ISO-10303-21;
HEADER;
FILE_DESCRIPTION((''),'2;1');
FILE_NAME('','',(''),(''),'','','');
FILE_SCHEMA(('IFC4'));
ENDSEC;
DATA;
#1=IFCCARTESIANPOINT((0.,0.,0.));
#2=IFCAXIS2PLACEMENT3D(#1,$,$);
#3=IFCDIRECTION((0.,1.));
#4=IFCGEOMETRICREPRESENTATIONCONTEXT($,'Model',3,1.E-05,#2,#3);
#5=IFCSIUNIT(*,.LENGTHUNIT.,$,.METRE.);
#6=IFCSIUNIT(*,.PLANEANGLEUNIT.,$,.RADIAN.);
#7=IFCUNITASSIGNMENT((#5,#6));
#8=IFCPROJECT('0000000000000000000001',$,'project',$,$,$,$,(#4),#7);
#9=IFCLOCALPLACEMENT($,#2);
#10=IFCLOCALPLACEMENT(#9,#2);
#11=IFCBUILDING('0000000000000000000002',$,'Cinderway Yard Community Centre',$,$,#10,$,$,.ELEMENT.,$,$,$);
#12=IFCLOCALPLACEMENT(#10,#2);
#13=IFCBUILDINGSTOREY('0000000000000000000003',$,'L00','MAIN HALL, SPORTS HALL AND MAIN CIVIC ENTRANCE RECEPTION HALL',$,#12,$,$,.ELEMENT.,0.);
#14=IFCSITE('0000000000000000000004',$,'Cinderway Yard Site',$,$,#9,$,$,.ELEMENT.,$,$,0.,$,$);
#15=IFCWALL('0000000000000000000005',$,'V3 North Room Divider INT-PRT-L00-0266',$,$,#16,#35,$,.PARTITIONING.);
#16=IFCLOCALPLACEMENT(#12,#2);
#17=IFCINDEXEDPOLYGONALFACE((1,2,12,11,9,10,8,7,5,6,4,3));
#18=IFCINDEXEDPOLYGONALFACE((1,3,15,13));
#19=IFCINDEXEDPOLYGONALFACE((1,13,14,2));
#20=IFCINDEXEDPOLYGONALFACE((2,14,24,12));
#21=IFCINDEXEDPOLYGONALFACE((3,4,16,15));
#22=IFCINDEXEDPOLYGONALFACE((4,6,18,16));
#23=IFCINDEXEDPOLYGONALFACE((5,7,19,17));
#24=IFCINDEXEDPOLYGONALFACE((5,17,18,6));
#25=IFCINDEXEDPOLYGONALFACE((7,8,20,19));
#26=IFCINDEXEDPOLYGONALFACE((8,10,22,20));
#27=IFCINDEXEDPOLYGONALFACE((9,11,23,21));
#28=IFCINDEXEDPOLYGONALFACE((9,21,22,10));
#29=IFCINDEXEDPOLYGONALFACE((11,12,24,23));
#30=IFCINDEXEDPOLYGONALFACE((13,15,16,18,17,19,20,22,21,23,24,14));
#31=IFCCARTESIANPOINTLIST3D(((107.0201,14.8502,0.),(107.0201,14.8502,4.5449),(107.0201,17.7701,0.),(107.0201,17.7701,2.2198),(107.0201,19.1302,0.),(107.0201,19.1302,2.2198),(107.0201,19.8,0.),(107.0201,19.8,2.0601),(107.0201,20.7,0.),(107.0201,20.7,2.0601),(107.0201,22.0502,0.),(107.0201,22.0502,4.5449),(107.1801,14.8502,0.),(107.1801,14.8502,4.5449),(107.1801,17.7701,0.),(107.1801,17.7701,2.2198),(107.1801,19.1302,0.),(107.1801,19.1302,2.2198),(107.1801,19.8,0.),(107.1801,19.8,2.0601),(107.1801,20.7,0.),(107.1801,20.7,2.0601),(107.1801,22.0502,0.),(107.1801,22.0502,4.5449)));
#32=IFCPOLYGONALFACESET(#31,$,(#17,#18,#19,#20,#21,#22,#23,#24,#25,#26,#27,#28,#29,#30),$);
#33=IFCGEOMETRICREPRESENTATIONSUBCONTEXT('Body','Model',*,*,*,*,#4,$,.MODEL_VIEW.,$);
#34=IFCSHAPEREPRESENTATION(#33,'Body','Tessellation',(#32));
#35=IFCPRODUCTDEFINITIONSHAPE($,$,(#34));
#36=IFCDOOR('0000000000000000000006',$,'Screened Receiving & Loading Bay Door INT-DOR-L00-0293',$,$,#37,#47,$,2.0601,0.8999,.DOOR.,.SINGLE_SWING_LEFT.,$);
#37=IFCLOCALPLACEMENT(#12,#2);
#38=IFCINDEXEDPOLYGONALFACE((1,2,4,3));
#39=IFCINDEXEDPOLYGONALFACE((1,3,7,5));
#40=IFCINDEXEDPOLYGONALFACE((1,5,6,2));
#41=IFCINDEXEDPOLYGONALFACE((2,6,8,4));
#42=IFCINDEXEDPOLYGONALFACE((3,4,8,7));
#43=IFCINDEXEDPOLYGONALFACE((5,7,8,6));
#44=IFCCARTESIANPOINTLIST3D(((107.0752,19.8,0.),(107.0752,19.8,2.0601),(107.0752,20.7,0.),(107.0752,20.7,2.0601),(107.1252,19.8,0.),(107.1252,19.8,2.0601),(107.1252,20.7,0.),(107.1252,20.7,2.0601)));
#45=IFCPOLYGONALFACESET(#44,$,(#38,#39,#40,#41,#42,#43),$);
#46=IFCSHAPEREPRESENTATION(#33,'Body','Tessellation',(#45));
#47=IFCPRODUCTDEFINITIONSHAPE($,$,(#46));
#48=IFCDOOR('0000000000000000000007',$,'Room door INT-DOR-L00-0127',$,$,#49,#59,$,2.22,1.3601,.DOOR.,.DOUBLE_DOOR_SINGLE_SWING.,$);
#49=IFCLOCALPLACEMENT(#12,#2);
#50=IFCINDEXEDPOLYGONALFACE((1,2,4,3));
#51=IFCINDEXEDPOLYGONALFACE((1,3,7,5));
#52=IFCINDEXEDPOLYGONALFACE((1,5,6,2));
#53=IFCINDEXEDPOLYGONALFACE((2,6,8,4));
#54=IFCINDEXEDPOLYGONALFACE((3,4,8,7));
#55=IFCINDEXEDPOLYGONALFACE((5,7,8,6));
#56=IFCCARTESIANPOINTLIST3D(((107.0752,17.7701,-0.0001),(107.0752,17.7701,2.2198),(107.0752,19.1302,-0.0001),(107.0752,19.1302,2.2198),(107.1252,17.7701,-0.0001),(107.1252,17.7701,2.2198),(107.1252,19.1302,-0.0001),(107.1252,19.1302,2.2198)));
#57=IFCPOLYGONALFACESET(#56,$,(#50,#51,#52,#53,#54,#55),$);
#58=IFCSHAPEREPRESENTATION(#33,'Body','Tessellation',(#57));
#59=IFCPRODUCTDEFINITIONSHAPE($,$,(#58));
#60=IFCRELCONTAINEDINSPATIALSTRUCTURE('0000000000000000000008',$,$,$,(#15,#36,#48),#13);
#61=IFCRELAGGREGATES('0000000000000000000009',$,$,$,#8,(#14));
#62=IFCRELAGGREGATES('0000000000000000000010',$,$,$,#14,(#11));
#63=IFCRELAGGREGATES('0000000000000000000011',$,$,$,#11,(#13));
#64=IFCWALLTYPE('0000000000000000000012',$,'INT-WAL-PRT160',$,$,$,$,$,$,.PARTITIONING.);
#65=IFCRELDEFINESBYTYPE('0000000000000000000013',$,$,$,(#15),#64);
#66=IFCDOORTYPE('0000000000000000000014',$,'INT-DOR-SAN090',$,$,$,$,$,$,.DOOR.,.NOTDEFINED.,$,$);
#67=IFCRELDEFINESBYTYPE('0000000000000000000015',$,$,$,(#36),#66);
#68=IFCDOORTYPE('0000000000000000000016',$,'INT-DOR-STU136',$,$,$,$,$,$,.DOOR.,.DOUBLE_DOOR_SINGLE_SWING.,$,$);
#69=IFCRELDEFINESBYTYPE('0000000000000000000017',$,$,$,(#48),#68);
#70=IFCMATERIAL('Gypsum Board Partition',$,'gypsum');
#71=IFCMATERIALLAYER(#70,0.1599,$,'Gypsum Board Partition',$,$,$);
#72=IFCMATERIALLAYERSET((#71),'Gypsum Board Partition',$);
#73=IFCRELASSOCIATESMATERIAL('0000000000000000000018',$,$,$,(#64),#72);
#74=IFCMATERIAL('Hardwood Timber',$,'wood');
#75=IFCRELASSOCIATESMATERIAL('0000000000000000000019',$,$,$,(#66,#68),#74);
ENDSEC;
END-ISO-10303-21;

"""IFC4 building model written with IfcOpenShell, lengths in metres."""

from ifc_helpers import new_model, si_unit, direction, frame, frame_2d, origin, place, context, subcontext, project, spatial, rectangle, extrude, material, layer, layer_set, type_object, element, fill, save


model = new_model("IFC4")

# Units and contexts
model_context = context("Model", 3, precision=1e-05, world=origin(), true_north=direction((0.0, 1.0)))
body_context = subcontext(model_context, "Body", "Model", "MODEL_VIEW")
ifc_project = project(units=[si_unit("LENGTHUNIT", "METRE"), si_unit("PLANEANGLEUNIT", "RADIAN")], contexts=[model_context])

# Site, building, storey
site_placement = place(None, origin())
site = spatial("IfcSite", under=ifc_project, at=site_placement, Name="Cinderway Yard Site", CompositionType="ELEMENT", RefElevation=0.0)
building_placement = place(site_placement, origin())
building = spatial("IfcBuilding", under=site, at=building_placement, Name="Cinderway Yard Community Centre", CompositionType="ELEMENT")
storey_placement = place(building_placement, origin())
storey = spatial("IfcBuildingStorey", under=building, at=storey_placement, Name="L00", Description="MAIN HALL, SPORTS HALL AND MAIN CIVIC ENTRANCE RECEPTION HALL", CompositionType="ELEMENT", Elevation=0.0)

# Wall, openings, doors
ifc_material_1 = material(Name="Gypsum Board Partition", Category="gypsum")
ifc_layer_1 = layer(ifc_material_1, 0.1599, Name="Gypsum Board Partition")
ifc_layer_set_1 = layer_set([ifc_layer_1], Name="Gypsum Board Partition")
wall_type_1 = type_object("IfcWallType", Name="INT-WAL-PRT160", PredefinedType="PARTITIONING", material=ifc_layer_set_1)
wall_1_placement = place(storey_placement, frame((107.1001, 14.8501, 0.0), z_axis=(0.0, 0.0, 1.0), x_axis=(0.0, 1.0, 0.0)))
wall_1 = element("IfcWall", 1, at=wall_1_placement, inside=storey, type_object=wall_type_1, Name="V3 North Room Divider INT-PRT-L00-0266", PredefinedType="PARTITIONING", context=body_context, shape_type="SweptSolid", body=[
    extrude(rectangle(XDim=7.2, YDim=0.1599, at=frame_2d((3.6001, 0.0))), origin(), (0.0, 0.0, 1.0), 4.5449),
])
opening_1_placement = place(wall_1_placement, frame((2.9199, 0.0, 0.0)))
opening_1 = element("IfcOpeningElement", 2, at=opening_1_placement, cuts=wall_1, PredefinedType="OPENING", context=body_context, shape_type="SweptSolid", body=[
    extrude(rectangle(XDim=1.3601, YDim=2.22, at=frame_2d((0.6802, 1.1099))), frame((0.0, 0.0898, 0.0), z_axis=(0.0, -1.0, 0.0), x_axis=(1.0, 0.0, 0.0)), (0.0, 0.0, 1.0), 0.1799),
])
opening_2_placement = place(wall_1_placement, frame((4.95, 0.0, 0.0)))
opening_2 = element("IfcOpeningElement", 3, at=opening_2_placement, cuts=wall_1, PredefinedType="OPENING", context=body_context, shape_type="SweptSolid", body=[
    extrude(rectangle(XDim=0.8999, YDim=2.0601, at=frame_2d((0.45, 1.03))), frame((0.0, 0.0898, 0.0), z_axis=(0.0, -1.0, 0.0), x_axis=(1.0, 0.0, 0.0)), (0.0, 0.0, 1.0), 0.1799),
])
ifc_material_2 = material(Name="Hardwood Timber", Category="wood")
door_type_1 = type_object("IfcDoorType", Name="INT-DOR-SAN090", OperationType="NOTDEFINED", PredefinedType="DOOR", material=ifc_material_2)
door_1_placement = place(opening_2_placement, origin())
door_1 = element("IfcDoor", 4, at=door_1_placement, inside=storey, type_object=door_type_1, Name="Screened Receiving & Loading Bay Door INT-DOR-L00-0293", OperationType="SINGLE_SWING_LEFT", OverallHeight=2.0601, OverallWidth=0.8999, PredefinedType="DOOR", context=body_context, shape_type="SweptSolid", body=[
    extrude(rectangle(XDim=0.8999, YDim=2.0601, at=frame_2d((0.45, 1.03))), frame((0.0, 0.0249, 0.0), z_axis=(0.0, -1.0, 0.0), x_axis=(1.0, 0.0, 0.0)), (0.0, 0.0, 1.0), 0.05),
])
fill(opening_2, door_1)
door_type_2 = type_object("IfcDoorType", Name="INT-DOR-STU136", OperationType="DOUBLE_DOOR_SINGLE_SWING", PredefinedType="DOOR", material=ifc_material_2)
door_2_placement = place(opening_1_placement, origin())
door_2 = element("IfcDoor", 5, at=door_2_placement, inside=storey, type_object=door_type_2, Name="Room door INT-DOR-L00-0127", OperationType="DOUBLE_DOOR_SINGLE_SWING", OverallHeight=2.22, OverallWidth=1.3601, PredefinedType="DOOR", context=body_context, shape_type="SweptSolid", body=[
    extrude(rectangle(XDim=1.3601, YDim=2.22, at=frame_2d((0.6802, 1.1099))), frame((0.0, 0.0249, 0.0), z_axis=(0.0, -1.0, 0.0), x_axis=(1.0, 0.0, 0.0)), (0.0, 0.0, 1.0), 0.05),
])
fill(opening_1, door_2)

save(model, "model.ifc")
